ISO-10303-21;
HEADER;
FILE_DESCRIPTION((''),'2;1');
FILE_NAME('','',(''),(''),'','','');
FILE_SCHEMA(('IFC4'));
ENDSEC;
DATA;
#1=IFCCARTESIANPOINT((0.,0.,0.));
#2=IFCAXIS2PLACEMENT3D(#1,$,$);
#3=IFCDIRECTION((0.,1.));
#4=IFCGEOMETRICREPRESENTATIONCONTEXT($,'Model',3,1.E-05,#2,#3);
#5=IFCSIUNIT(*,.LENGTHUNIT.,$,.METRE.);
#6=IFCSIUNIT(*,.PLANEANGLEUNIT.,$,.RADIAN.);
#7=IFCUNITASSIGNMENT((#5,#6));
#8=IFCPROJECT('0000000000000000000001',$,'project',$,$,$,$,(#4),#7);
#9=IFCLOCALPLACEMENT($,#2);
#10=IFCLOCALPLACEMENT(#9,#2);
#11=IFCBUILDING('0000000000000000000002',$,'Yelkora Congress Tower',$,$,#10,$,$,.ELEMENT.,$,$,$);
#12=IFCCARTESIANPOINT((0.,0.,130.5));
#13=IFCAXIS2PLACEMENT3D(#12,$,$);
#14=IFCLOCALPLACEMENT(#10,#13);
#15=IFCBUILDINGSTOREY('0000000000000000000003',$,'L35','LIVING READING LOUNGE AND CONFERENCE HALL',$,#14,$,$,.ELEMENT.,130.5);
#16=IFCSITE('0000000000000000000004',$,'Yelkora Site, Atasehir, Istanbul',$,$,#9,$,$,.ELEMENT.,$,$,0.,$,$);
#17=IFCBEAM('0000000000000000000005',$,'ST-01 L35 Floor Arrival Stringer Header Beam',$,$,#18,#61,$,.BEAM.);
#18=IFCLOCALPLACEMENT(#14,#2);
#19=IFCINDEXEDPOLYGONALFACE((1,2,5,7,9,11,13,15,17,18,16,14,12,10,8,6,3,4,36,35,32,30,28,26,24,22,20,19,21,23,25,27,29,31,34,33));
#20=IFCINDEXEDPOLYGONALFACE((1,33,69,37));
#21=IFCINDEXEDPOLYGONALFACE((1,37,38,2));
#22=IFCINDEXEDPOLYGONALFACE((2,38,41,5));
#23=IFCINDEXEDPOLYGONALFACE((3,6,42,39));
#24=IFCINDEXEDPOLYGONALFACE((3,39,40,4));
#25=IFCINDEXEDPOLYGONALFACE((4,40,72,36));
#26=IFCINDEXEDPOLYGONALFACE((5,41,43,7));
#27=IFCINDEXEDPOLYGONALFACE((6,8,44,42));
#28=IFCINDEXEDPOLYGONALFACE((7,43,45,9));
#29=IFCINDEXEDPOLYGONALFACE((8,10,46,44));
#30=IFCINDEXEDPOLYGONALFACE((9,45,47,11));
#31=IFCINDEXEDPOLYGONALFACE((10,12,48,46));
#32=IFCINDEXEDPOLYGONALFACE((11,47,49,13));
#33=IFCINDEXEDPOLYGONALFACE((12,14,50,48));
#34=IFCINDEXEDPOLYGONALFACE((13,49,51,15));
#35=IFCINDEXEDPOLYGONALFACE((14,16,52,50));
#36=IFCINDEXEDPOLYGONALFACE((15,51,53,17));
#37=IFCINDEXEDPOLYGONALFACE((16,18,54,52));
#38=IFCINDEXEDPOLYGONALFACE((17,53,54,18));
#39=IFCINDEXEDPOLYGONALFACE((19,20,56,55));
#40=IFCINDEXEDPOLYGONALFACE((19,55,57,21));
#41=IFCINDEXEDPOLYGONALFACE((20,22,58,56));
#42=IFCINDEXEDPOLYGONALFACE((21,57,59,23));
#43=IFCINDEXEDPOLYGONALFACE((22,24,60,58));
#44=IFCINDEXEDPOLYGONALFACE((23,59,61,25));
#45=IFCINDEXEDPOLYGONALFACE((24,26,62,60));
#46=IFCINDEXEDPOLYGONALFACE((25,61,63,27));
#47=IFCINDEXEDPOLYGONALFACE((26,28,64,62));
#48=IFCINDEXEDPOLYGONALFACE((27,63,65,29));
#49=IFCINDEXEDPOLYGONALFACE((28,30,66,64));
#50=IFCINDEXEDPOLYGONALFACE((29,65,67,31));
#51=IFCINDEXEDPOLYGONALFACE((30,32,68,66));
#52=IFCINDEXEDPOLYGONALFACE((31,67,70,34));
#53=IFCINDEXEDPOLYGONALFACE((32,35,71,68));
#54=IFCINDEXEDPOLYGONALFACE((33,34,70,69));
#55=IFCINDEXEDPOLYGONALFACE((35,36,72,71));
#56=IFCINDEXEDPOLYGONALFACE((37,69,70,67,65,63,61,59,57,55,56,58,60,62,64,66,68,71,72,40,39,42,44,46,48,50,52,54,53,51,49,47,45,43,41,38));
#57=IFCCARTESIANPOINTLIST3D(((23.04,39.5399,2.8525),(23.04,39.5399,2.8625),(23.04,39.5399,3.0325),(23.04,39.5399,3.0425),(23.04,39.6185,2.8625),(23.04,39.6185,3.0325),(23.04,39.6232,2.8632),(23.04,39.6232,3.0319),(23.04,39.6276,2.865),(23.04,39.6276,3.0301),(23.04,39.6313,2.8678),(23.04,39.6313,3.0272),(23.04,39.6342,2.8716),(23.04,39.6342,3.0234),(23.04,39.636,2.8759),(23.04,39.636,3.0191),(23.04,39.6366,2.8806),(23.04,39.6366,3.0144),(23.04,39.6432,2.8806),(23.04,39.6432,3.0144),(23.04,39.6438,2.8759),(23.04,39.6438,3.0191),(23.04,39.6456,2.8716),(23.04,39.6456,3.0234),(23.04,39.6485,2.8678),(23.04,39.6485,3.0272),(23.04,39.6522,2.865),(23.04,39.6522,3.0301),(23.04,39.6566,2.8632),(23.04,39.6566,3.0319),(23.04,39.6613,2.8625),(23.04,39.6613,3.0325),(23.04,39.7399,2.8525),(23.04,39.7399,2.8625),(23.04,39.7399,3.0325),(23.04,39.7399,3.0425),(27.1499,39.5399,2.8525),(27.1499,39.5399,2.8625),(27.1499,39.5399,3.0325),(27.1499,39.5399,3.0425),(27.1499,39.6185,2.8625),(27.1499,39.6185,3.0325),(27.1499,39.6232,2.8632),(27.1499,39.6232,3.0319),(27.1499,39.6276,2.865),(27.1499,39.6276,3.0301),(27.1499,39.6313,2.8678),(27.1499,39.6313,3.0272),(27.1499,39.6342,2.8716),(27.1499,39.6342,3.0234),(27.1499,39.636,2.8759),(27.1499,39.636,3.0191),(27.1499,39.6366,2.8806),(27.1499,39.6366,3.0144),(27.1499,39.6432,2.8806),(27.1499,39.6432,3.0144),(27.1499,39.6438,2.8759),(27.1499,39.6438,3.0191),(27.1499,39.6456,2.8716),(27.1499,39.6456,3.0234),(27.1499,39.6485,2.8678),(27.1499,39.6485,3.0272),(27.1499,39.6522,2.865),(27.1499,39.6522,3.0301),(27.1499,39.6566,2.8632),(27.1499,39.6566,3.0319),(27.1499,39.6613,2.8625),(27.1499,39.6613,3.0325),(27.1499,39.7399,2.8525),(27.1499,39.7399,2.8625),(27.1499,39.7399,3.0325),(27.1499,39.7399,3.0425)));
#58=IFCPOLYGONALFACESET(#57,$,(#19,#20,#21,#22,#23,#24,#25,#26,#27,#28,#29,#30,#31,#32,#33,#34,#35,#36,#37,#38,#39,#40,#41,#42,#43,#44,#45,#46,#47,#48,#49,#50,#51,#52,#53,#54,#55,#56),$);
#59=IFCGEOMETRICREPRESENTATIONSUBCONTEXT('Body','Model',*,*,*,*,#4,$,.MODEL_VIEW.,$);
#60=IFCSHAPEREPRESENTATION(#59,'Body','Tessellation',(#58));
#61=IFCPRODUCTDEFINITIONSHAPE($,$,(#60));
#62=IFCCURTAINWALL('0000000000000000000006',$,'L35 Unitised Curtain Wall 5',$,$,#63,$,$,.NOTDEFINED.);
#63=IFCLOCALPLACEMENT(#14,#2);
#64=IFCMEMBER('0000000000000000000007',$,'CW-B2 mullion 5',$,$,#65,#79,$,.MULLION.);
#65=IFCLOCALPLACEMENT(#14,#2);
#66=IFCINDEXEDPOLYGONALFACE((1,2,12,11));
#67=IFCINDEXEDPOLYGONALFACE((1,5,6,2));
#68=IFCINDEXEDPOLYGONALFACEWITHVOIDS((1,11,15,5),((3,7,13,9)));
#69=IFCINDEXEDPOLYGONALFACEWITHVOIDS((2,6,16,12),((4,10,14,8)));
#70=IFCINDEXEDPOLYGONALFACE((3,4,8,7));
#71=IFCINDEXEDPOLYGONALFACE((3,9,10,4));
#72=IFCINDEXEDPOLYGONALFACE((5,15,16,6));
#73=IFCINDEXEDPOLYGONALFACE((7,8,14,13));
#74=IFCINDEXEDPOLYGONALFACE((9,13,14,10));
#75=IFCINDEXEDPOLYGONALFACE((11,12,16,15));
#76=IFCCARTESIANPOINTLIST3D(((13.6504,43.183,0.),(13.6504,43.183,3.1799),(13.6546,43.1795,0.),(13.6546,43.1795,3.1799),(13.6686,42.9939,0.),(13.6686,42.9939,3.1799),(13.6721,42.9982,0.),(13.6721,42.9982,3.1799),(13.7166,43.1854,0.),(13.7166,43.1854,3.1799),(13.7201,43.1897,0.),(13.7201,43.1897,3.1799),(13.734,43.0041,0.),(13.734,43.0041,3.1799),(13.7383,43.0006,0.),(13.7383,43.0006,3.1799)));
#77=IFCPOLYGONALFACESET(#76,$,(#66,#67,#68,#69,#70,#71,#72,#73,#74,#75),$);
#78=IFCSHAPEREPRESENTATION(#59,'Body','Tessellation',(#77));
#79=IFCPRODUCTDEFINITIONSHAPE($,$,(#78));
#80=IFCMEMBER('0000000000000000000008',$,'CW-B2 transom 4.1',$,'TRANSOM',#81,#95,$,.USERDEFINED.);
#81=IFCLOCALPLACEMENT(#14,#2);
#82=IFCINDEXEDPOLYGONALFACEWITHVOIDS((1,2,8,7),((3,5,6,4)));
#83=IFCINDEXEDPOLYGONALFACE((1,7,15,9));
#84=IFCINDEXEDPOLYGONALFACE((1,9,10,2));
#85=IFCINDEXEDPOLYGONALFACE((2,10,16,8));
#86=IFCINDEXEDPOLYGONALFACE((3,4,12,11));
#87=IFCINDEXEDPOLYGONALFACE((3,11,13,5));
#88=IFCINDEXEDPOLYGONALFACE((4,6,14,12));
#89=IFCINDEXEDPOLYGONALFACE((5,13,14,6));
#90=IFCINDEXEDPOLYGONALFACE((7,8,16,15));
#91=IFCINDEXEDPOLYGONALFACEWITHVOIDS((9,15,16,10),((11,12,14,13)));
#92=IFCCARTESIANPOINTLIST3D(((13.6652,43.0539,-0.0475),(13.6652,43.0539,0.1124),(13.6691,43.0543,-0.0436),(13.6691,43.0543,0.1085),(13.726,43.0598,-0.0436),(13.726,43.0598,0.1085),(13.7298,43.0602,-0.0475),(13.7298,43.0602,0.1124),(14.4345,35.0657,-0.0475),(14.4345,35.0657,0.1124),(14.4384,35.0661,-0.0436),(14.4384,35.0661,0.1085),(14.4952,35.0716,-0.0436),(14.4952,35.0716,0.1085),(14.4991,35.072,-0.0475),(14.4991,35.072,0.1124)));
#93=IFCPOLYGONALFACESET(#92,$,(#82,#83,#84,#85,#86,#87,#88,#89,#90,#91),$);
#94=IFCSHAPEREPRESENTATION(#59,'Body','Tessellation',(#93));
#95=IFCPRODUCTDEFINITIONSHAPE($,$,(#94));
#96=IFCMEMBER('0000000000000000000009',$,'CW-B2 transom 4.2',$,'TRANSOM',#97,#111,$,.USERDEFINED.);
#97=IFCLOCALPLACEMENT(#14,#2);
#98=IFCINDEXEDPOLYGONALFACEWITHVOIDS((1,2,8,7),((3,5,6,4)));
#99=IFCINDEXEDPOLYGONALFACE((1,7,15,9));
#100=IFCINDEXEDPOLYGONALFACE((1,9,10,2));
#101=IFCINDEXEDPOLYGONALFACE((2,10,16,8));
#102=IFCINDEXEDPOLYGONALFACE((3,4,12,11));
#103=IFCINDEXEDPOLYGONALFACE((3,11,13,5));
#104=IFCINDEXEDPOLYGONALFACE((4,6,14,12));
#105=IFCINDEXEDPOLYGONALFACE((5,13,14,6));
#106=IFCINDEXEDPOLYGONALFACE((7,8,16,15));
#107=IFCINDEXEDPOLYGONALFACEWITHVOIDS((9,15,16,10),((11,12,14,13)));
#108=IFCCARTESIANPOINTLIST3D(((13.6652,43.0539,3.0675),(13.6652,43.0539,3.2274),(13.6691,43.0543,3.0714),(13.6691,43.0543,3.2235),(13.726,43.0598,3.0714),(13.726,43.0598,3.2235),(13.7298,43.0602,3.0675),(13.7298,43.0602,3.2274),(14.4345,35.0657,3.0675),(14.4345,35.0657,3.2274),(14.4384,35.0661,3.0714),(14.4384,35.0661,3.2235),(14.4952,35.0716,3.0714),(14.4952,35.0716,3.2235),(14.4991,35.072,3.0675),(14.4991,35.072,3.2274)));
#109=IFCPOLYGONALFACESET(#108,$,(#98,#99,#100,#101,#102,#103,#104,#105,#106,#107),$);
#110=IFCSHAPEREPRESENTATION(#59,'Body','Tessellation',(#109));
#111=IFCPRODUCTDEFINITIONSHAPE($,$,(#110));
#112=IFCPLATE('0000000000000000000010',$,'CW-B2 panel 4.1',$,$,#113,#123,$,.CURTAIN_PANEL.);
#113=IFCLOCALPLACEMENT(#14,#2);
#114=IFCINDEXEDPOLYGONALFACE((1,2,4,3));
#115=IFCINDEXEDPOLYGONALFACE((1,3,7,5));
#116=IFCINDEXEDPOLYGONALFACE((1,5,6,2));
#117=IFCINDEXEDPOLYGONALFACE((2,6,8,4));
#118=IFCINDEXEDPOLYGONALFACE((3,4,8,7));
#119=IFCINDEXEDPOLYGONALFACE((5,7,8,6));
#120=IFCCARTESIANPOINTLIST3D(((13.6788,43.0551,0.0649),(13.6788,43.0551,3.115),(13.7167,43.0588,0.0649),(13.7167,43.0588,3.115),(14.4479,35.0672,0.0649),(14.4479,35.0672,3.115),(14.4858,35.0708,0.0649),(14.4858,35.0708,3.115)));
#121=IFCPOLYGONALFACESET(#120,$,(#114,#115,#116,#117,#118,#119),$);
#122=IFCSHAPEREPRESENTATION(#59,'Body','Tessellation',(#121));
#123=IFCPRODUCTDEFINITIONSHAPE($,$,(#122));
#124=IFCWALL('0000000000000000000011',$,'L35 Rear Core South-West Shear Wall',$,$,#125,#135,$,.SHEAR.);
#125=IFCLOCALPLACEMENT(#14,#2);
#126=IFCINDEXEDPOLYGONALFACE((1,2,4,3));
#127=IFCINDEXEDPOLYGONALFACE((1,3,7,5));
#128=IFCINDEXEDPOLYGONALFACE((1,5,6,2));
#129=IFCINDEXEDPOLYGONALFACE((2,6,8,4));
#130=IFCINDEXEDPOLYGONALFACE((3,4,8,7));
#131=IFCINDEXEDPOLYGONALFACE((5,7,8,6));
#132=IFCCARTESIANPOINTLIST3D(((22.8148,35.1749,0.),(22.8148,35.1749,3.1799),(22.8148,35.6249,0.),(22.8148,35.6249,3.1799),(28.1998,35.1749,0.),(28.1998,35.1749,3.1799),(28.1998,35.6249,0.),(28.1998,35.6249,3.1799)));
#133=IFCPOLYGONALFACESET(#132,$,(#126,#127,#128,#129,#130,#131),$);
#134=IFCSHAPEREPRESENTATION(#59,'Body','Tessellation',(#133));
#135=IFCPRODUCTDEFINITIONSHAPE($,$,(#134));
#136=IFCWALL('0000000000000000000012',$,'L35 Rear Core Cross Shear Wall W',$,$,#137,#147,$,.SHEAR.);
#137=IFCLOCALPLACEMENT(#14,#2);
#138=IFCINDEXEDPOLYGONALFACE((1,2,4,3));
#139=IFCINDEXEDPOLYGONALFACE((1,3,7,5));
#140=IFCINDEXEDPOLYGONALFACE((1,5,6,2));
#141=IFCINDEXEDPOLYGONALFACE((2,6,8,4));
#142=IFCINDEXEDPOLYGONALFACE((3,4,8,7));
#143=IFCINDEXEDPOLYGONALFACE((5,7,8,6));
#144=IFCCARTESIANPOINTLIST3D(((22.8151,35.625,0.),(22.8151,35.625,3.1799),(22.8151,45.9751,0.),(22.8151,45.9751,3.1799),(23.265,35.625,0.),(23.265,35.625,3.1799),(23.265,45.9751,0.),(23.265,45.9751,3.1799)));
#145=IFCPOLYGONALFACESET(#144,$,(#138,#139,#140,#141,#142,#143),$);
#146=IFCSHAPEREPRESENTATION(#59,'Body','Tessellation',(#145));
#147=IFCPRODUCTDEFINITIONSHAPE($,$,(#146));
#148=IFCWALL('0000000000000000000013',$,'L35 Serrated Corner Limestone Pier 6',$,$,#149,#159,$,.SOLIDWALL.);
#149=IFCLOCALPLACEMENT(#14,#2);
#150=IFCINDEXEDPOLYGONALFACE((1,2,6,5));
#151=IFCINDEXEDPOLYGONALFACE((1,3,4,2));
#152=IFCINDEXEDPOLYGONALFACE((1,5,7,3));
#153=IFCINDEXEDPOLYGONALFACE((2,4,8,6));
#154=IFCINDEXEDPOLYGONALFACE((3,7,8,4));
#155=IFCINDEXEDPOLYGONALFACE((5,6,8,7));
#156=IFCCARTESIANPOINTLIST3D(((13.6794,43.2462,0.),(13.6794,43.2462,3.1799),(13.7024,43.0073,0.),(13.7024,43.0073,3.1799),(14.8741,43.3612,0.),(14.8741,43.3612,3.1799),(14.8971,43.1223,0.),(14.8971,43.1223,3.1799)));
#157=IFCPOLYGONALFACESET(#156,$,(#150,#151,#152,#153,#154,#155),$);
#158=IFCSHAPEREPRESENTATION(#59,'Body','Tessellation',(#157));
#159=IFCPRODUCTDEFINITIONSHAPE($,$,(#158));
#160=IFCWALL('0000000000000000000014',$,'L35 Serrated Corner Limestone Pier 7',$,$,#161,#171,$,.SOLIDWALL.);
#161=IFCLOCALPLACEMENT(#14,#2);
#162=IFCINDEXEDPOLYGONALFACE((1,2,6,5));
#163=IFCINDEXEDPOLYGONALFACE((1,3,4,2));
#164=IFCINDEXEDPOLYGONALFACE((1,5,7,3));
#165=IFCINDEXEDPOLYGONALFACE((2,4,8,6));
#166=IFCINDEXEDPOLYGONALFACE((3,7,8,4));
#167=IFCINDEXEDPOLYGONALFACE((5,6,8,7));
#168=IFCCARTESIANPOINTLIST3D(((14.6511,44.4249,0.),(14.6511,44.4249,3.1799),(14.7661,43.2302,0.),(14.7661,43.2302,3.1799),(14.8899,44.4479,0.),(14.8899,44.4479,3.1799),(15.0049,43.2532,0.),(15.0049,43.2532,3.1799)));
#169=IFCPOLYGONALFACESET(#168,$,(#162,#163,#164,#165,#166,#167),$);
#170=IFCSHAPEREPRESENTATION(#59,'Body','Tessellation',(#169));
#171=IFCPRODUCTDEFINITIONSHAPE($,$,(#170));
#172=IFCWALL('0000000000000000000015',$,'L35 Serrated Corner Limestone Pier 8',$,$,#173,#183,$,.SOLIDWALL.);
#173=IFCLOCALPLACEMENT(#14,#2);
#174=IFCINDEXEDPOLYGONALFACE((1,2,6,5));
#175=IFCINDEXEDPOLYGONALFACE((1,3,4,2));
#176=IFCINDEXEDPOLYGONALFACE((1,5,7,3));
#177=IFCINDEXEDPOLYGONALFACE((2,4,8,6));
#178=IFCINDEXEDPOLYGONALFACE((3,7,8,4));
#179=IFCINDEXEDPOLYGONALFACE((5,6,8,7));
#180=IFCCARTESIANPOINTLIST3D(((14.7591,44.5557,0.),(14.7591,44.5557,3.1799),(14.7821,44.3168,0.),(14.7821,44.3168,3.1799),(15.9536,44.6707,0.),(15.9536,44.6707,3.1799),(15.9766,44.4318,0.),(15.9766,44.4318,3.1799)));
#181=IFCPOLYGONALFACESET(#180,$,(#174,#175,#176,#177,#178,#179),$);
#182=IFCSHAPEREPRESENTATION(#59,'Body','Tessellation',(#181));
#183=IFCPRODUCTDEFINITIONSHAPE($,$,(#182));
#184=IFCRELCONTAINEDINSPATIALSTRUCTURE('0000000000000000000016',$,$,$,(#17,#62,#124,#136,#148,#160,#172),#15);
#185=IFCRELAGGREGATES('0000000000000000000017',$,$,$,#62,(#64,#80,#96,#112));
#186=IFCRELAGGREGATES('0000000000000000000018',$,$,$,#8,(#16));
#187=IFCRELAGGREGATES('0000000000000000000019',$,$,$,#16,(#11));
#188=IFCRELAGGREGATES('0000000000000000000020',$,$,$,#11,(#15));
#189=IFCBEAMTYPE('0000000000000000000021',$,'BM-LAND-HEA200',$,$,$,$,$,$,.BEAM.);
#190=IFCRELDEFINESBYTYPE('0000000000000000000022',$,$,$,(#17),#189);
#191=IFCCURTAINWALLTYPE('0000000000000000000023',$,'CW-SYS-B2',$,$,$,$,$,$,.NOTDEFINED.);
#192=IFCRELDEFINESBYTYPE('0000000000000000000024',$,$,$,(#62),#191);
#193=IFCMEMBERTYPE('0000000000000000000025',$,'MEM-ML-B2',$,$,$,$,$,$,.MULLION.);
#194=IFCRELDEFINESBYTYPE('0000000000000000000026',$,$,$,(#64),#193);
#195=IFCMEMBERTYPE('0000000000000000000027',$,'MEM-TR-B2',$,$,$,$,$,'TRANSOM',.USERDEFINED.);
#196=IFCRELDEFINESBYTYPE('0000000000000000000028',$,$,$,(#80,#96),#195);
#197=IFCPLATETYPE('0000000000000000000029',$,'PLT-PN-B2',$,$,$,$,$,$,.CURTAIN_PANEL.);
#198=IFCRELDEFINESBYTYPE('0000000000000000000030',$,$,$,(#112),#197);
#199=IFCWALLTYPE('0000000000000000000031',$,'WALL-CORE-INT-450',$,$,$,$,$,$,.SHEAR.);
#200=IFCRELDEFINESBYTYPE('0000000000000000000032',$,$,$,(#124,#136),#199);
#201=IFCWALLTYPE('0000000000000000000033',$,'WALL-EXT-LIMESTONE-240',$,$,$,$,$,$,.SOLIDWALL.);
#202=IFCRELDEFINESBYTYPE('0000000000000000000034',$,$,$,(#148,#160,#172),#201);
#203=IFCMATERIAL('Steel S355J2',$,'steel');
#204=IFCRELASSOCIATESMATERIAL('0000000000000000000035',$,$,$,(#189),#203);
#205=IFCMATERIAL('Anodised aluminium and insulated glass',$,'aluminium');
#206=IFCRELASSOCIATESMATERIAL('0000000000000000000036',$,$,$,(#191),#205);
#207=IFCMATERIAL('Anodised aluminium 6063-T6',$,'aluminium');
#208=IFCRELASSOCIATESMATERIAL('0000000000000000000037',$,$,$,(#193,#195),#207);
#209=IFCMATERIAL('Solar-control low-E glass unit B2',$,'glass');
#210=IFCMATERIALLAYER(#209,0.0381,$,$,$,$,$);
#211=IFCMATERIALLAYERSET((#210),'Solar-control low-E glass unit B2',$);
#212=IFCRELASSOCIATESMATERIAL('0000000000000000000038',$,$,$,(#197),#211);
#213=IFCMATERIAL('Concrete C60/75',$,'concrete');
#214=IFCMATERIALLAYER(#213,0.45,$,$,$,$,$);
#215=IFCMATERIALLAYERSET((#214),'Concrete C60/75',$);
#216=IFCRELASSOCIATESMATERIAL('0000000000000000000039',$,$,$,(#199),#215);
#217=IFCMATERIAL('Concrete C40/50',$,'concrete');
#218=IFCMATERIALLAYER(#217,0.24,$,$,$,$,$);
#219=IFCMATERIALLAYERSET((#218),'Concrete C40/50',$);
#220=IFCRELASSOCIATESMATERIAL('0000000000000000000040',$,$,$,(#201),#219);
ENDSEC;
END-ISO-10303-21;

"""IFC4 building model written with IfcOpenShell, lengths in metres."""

from ifc_helpers import new_model, si_unit, direction, frame, frame_2d, origin, origin_2d, place, context, subcontext, project, spatial, rectangle, hollow_rectangle, i_section, extrude, material, layer, layer_set, material_profile, profile_set, type_object, element, aggregate, save


model = new_model("IFC4")

# Units and contexts
model_context = context("Model", 3, precision=1e-05, world=origin(), true_north=direction((0.0, 1.0)))
body_context = subcontext(model_context, "Body", "Model", "MODEL_VIEW")
ifc_project = project(units=[si_unit("LENGTHUNIT", "METRE"), si_unit("PLANEANGLEUNIT", "RADIAN")], contexts=[model_context])

# Site, building, storey
site_placement = place(None, origin())
site = spatial("IfcSite", under=ifc_project, at=site_placement, Name="Yelkora Site, Atasehir, Istanbul", CompositionType="ELEMENT", RefElevation=0.0)
building_placement = place(site_placement, origin())
building = spatial("IfcBuilding", under=site, at=building_placement, Name="Yelkora Congress Tower", CompositionType="ELEMENT")
storey_placement = place(building_placement, frame((0.0, 0.0, 130.5)))
storey = spatial("IfcBuildingStorey", under=building, at=storey_placement, Name="L35", Description="LIVING READING LOUNGE AND CONFERENCE HALL", CompositionType="ELEMENT", Elevation=130.5)

# Beam
ifc_material_1 = material(Name="Steel S355J2", Category="steel")
ifc_material_profile_1 = material_profile(ifc_material_1, i_section(OverallWidth=0.2, OverallDepth=0.1899, WebThickness=0.0066, FlangeThickness=0.01, FilletRadius=0.0181, at=origin_2d()), Name="HEA 200")
ifc_profile_set_1 = profile_set([ifc_material_profile_1], Name="Steel S355J2")
beam_type_1 = type_object("IfcBeamType", Name="BM-LAND-HEA200", PredefinedType="BEAM", material=ifc_profile_set_1)
beam_1_placement = place(storey_placement, frame((23.04, 39.6399, 2.9475), z_axis=(1.0, 0.0, 0.0), x_axis=(0.0, 1.0, 0.0)))
element("IfcBeam", 1, at=beam_1_placement, inside=storey, type_object=beam_type_1, Name="ST-01 L35 Floor Arrival Stringer Header Beam", PredefinedType="BEAM", context=body_context, shape_type="SweptSolid", body=[
    extrude(i_section(OverallWidth=0.2, OverallDepth=0.1899, WebThickness=0.0066, FlangeThickness=0.01, FilletRadius=0.0181, at=origin_2d()), origin(), (0.0, 0.0, 1.0), 4.1099),
])

# Curtain wall, members, plate
ifc_material_2 = material(Name="Anodised aluminium and insulated glass", Category="aluminium")
curtain_wall_type = type_object("IfcCurtainWallType", Name="CW-SYS-B2", PredefinedType="NOTDEFINED", material=ifc_material_2)
curtain_wall_placement = place(storey_placement, origin())
curtain_wall = element("IfcCurtainWall", 2, at=curtain_wall_placement, inside=storey, type_object=curtain_wall_type, Name="L35 Unitised Curtain Wall 5", PredefinedType="NOTDEFINED")
ifc_material_3 = material(Name="Anodised aluminium 6063-T6", Category="aluminium")
ifc_material_profile_2 = material_profile(ifc_material_3, hollow_rectangle(XDim=0.0701, YDim=0.1899, WallThickness=0.0039, at=origin_2d()), Name="ALU 70x190x4")
ifc_profile_set_2 = profile_set([ifc_material_profile_2], Name="Anodised aluminium 6063-T6")
member_type_1 = type_object("IfcMemberType", Name="MEM-ML-B2", PredefinedType="MULLION", material=ifc_profile_set_2)
member_1_placement = place(storey_placement, frame((13.6943, 43.0918, 0.0), z_axis=(0.0, 0.0, 1.0), x_axis=(-0.995397, -0.095843, 0.0)))
member_1 = element("IfcMember", 3, at=member_1_placement, type_object=member_type_1, Name="CW-B2 mullion 5", PredefinedType="MULLION", context=body_context, shape_type="SweptSolid", body=[
    extrude(hollow_rectangle(XDim=0.0701, YDim=0.1899, WallThickness=0.0039, at=origin_2d()), origin(), (0.0, 0.0, 1.0), 3.1799),
])
ifc_material_profile_3 = material_profile(ifc_material_3, hollow_rectangle(XDim=0.0649, YDim=0.1599, WallThickness=0.0039, at=origin_2d()), Name="ALU 65x160x4")
ifc_profile_set_3 = profile_set([ifc_material_profile_3], Name="Anodised aluminium 6063-T6")
member_type_2 = type_object("IfcMemberType", Name="MEM-TR-B2", ElementType="TRANSOM", PredefinedType="USERDEFINED", material=ifc_profile_set_3)
member_2_placement = place(storey_placement, frame((14.4668, 35.0688, 0.0325), z_axis=(-0.095858, 0.995395, 0.0), x_axis=(-0.995395, -0.095858, 0.0)))
member_2 = element("IfcMember", 4, at=member_2_placement, type_object=member_type_2, Name="CW-B2 transom 4.1", ObjectType="TRANSOM", PredefinedType="USERDEFINED", context=body_context, shape_type="SweptSolid", body=[
    extrude(hollow_rectangle(XDim=0.0649, YDim=0.1599, WallThickness=0.0039, at=origin_2d()), origin(), (0.0, 0.0, 1.0), 8.0251),
])
member_3_placement = place(storey_placement, frame((14.4668, 35.0688, 3.1475), z_axis=(-0.095858, 0.995395, 0.0), x_axis=(-0.995395, -0.095858, 0.0)))
member_3 = element("IfcMember", 5, at=member_3_placement, type_object=member_type_2, Name="CW-B2 transom 4.2", ObjectType="TRANSOM", PredefinedType="USERDEFINED", context=body_context, shape_type="SweptSolid", body=[
    extrude(hollow_rectangle(XDim=0.0649, YDim=0.1599, WallThickness=0.0039, at=origin_2d()), origin(), (0.0, 0.0, 1.0), 8.0251),
])
ifc_material_4 = material(Name="Solar-control low-E glass unit B2", Category="glass")
ifc_layer_1 = layer(ifc_material_4, 0.0381)
ifc_layer_set_1 = layer_set([ifc_layer_1], Name="Solar-control low-E glass unit B2")
plate_type = type_object("IfcPlateType", Name="PLT-PN-B2", PredefinedType="CURTAIN_PANEL", material=ifc_layer_set_1)
plate_placement = place(storey_placement, frame((14.0823, 39.063, 0.0649), z_axis=(0.0, 0.0, 1.0), x_axis=(-0.095843, 0.995397, 0.0)))
plate = element("IfcPlate", 6, at=plate_placement, type_object=plate_type, Name="CW-B2 panel 4.1", PredefinedType="CURTAIN_PANEL", context=body_context, shape_type="SweptSolid", body=[
    extrude(rectangle(XDim=8.0249, YDim=0.0381, at=origin_2d()), origin(), (0.0, 0.0, 1.0), 3.05),
])
aggregate(curtain_wall, [member_1, member_2, member_3, plate])

# Walls
ifc_material_5 = material(Name="Concrete C60/75", Category="concrete")
ifc_layer_2 = layer(ifc_material_5, 0.45)
ifc_layer_set_2 = layer_set([ifc_layer_2], Name="Concrete C60/75")
wall_type_1 = type_object("IfcWallType", Name="WALL-CORE-INT-450", PredefinedType="SHEAR", material=ifc_layer_set_2)
wall_1_placement = place(storey_placement, frame((22.8149, 35.3999, 0.0), z_axis=(0.0, 0.0, 1.0), x_axis=(1.0, 0.0, 0.0)))
element("IfcWall", 7, at=wall_1_placement, inside=storey, type_object=wall_type_1, Name="L35 Rear Core South-West Shear Wall", PredefinedType="SHEAR", context=body_context, shape_type="SweptSolid", body=[
    extrude(rectangle(XDim=5.385, YDim=0.45, at=frame_2d((2.6924, 0.0))), origin(), (0.0, 0.0, 1.0), 3.1799),
])
wall_2_placement = place(storey_placement, frame((23.04, 35.625, 0.0), z_axis=(0.0, 0.0, 1.0), x_axis=(0.0, 1.0, 0.0)))
element("IfcWall", 8, at=wall_2_placement, inside=storey, type_object=wall_type_1, Name="L35 Rear Core Cross Shear Wall W", PredefinedType="SHEAR", context=body_context, shape_type="SweptSolid", body=[
    extrude(rectangle(XDim=10.3501, YDim=0.45, at=frame_2d((5.175, 0.0))), origin(), (0.0, 0.0, 1.0), 3.1799),
])
ifc_material_6 = material(Name="Concrete C40/50", Category="concrete")
ifc_layer_3 = layer(ifc_material_6, 0.24)
ifc_layer_set_3 = layer_set([ifc_layer_3], Name="Concrete C40/50")
wall_type_2 = type_object("IfcWallType", Name="WALL-EXT-LIMESTONE-240", PredefinedType="SOLIDWALL", material=ifc_layer_set_3)
for number, where, z_axis, x_axis, name in (
    (9, (13.6909, 43.1267, 0.0), (0.0, 0.0, 1.0), (0.995399, 0.095817, 0.0), "L35 Serrated Corner Limestone Pier 6"),
    (10, (14.8855, 43.2417, 0.0), (0.0, 0.0, 1.0), (-0.095817, 0.995399, 0.0), "L35 Serrated Corner Limestone Pier 7"),
):
    element("IfcWall", number, at=place(storey_placement, frame(where, z_axis=z_axis, x_axis=x_axis)), inside=storey, type_object=wall_type_2, Name=name, PredefinedType="SOLIDWALL", context=body_context, shape_type="SweptSolid", body=[
        extrude(rectangle(XDim=1.2002, YDim=0.24, at=frame_2d((0.6001, 0.0))), origin(), (0.0, 0.0, 1.0), 3.1799),
    ])
wall_3_placement = place(storey_placement, frame((14.7705, 44.4363, 0.0), z_axis=(0.0, 0.0, 1.0), x_axis=(0.995397, 0.095836, 0.0)))
element("IfcWall", 11, at=wall_3_placement, inside=storey, type_object=wall_type_2, Name="L35 Serrated Corner Limestone Pier 8", PredefinedType="SOLIDWALL", context=body_context, shape_type="SweptSolid", body=[
    extrude(rectangle(XDim=1.2, YDim=0.24, at=frame_2d((0.6001, 0.0))), origin(), (0.0, 0.0, 1.0), 3.1799),
])

save(model, "model.ifc")
